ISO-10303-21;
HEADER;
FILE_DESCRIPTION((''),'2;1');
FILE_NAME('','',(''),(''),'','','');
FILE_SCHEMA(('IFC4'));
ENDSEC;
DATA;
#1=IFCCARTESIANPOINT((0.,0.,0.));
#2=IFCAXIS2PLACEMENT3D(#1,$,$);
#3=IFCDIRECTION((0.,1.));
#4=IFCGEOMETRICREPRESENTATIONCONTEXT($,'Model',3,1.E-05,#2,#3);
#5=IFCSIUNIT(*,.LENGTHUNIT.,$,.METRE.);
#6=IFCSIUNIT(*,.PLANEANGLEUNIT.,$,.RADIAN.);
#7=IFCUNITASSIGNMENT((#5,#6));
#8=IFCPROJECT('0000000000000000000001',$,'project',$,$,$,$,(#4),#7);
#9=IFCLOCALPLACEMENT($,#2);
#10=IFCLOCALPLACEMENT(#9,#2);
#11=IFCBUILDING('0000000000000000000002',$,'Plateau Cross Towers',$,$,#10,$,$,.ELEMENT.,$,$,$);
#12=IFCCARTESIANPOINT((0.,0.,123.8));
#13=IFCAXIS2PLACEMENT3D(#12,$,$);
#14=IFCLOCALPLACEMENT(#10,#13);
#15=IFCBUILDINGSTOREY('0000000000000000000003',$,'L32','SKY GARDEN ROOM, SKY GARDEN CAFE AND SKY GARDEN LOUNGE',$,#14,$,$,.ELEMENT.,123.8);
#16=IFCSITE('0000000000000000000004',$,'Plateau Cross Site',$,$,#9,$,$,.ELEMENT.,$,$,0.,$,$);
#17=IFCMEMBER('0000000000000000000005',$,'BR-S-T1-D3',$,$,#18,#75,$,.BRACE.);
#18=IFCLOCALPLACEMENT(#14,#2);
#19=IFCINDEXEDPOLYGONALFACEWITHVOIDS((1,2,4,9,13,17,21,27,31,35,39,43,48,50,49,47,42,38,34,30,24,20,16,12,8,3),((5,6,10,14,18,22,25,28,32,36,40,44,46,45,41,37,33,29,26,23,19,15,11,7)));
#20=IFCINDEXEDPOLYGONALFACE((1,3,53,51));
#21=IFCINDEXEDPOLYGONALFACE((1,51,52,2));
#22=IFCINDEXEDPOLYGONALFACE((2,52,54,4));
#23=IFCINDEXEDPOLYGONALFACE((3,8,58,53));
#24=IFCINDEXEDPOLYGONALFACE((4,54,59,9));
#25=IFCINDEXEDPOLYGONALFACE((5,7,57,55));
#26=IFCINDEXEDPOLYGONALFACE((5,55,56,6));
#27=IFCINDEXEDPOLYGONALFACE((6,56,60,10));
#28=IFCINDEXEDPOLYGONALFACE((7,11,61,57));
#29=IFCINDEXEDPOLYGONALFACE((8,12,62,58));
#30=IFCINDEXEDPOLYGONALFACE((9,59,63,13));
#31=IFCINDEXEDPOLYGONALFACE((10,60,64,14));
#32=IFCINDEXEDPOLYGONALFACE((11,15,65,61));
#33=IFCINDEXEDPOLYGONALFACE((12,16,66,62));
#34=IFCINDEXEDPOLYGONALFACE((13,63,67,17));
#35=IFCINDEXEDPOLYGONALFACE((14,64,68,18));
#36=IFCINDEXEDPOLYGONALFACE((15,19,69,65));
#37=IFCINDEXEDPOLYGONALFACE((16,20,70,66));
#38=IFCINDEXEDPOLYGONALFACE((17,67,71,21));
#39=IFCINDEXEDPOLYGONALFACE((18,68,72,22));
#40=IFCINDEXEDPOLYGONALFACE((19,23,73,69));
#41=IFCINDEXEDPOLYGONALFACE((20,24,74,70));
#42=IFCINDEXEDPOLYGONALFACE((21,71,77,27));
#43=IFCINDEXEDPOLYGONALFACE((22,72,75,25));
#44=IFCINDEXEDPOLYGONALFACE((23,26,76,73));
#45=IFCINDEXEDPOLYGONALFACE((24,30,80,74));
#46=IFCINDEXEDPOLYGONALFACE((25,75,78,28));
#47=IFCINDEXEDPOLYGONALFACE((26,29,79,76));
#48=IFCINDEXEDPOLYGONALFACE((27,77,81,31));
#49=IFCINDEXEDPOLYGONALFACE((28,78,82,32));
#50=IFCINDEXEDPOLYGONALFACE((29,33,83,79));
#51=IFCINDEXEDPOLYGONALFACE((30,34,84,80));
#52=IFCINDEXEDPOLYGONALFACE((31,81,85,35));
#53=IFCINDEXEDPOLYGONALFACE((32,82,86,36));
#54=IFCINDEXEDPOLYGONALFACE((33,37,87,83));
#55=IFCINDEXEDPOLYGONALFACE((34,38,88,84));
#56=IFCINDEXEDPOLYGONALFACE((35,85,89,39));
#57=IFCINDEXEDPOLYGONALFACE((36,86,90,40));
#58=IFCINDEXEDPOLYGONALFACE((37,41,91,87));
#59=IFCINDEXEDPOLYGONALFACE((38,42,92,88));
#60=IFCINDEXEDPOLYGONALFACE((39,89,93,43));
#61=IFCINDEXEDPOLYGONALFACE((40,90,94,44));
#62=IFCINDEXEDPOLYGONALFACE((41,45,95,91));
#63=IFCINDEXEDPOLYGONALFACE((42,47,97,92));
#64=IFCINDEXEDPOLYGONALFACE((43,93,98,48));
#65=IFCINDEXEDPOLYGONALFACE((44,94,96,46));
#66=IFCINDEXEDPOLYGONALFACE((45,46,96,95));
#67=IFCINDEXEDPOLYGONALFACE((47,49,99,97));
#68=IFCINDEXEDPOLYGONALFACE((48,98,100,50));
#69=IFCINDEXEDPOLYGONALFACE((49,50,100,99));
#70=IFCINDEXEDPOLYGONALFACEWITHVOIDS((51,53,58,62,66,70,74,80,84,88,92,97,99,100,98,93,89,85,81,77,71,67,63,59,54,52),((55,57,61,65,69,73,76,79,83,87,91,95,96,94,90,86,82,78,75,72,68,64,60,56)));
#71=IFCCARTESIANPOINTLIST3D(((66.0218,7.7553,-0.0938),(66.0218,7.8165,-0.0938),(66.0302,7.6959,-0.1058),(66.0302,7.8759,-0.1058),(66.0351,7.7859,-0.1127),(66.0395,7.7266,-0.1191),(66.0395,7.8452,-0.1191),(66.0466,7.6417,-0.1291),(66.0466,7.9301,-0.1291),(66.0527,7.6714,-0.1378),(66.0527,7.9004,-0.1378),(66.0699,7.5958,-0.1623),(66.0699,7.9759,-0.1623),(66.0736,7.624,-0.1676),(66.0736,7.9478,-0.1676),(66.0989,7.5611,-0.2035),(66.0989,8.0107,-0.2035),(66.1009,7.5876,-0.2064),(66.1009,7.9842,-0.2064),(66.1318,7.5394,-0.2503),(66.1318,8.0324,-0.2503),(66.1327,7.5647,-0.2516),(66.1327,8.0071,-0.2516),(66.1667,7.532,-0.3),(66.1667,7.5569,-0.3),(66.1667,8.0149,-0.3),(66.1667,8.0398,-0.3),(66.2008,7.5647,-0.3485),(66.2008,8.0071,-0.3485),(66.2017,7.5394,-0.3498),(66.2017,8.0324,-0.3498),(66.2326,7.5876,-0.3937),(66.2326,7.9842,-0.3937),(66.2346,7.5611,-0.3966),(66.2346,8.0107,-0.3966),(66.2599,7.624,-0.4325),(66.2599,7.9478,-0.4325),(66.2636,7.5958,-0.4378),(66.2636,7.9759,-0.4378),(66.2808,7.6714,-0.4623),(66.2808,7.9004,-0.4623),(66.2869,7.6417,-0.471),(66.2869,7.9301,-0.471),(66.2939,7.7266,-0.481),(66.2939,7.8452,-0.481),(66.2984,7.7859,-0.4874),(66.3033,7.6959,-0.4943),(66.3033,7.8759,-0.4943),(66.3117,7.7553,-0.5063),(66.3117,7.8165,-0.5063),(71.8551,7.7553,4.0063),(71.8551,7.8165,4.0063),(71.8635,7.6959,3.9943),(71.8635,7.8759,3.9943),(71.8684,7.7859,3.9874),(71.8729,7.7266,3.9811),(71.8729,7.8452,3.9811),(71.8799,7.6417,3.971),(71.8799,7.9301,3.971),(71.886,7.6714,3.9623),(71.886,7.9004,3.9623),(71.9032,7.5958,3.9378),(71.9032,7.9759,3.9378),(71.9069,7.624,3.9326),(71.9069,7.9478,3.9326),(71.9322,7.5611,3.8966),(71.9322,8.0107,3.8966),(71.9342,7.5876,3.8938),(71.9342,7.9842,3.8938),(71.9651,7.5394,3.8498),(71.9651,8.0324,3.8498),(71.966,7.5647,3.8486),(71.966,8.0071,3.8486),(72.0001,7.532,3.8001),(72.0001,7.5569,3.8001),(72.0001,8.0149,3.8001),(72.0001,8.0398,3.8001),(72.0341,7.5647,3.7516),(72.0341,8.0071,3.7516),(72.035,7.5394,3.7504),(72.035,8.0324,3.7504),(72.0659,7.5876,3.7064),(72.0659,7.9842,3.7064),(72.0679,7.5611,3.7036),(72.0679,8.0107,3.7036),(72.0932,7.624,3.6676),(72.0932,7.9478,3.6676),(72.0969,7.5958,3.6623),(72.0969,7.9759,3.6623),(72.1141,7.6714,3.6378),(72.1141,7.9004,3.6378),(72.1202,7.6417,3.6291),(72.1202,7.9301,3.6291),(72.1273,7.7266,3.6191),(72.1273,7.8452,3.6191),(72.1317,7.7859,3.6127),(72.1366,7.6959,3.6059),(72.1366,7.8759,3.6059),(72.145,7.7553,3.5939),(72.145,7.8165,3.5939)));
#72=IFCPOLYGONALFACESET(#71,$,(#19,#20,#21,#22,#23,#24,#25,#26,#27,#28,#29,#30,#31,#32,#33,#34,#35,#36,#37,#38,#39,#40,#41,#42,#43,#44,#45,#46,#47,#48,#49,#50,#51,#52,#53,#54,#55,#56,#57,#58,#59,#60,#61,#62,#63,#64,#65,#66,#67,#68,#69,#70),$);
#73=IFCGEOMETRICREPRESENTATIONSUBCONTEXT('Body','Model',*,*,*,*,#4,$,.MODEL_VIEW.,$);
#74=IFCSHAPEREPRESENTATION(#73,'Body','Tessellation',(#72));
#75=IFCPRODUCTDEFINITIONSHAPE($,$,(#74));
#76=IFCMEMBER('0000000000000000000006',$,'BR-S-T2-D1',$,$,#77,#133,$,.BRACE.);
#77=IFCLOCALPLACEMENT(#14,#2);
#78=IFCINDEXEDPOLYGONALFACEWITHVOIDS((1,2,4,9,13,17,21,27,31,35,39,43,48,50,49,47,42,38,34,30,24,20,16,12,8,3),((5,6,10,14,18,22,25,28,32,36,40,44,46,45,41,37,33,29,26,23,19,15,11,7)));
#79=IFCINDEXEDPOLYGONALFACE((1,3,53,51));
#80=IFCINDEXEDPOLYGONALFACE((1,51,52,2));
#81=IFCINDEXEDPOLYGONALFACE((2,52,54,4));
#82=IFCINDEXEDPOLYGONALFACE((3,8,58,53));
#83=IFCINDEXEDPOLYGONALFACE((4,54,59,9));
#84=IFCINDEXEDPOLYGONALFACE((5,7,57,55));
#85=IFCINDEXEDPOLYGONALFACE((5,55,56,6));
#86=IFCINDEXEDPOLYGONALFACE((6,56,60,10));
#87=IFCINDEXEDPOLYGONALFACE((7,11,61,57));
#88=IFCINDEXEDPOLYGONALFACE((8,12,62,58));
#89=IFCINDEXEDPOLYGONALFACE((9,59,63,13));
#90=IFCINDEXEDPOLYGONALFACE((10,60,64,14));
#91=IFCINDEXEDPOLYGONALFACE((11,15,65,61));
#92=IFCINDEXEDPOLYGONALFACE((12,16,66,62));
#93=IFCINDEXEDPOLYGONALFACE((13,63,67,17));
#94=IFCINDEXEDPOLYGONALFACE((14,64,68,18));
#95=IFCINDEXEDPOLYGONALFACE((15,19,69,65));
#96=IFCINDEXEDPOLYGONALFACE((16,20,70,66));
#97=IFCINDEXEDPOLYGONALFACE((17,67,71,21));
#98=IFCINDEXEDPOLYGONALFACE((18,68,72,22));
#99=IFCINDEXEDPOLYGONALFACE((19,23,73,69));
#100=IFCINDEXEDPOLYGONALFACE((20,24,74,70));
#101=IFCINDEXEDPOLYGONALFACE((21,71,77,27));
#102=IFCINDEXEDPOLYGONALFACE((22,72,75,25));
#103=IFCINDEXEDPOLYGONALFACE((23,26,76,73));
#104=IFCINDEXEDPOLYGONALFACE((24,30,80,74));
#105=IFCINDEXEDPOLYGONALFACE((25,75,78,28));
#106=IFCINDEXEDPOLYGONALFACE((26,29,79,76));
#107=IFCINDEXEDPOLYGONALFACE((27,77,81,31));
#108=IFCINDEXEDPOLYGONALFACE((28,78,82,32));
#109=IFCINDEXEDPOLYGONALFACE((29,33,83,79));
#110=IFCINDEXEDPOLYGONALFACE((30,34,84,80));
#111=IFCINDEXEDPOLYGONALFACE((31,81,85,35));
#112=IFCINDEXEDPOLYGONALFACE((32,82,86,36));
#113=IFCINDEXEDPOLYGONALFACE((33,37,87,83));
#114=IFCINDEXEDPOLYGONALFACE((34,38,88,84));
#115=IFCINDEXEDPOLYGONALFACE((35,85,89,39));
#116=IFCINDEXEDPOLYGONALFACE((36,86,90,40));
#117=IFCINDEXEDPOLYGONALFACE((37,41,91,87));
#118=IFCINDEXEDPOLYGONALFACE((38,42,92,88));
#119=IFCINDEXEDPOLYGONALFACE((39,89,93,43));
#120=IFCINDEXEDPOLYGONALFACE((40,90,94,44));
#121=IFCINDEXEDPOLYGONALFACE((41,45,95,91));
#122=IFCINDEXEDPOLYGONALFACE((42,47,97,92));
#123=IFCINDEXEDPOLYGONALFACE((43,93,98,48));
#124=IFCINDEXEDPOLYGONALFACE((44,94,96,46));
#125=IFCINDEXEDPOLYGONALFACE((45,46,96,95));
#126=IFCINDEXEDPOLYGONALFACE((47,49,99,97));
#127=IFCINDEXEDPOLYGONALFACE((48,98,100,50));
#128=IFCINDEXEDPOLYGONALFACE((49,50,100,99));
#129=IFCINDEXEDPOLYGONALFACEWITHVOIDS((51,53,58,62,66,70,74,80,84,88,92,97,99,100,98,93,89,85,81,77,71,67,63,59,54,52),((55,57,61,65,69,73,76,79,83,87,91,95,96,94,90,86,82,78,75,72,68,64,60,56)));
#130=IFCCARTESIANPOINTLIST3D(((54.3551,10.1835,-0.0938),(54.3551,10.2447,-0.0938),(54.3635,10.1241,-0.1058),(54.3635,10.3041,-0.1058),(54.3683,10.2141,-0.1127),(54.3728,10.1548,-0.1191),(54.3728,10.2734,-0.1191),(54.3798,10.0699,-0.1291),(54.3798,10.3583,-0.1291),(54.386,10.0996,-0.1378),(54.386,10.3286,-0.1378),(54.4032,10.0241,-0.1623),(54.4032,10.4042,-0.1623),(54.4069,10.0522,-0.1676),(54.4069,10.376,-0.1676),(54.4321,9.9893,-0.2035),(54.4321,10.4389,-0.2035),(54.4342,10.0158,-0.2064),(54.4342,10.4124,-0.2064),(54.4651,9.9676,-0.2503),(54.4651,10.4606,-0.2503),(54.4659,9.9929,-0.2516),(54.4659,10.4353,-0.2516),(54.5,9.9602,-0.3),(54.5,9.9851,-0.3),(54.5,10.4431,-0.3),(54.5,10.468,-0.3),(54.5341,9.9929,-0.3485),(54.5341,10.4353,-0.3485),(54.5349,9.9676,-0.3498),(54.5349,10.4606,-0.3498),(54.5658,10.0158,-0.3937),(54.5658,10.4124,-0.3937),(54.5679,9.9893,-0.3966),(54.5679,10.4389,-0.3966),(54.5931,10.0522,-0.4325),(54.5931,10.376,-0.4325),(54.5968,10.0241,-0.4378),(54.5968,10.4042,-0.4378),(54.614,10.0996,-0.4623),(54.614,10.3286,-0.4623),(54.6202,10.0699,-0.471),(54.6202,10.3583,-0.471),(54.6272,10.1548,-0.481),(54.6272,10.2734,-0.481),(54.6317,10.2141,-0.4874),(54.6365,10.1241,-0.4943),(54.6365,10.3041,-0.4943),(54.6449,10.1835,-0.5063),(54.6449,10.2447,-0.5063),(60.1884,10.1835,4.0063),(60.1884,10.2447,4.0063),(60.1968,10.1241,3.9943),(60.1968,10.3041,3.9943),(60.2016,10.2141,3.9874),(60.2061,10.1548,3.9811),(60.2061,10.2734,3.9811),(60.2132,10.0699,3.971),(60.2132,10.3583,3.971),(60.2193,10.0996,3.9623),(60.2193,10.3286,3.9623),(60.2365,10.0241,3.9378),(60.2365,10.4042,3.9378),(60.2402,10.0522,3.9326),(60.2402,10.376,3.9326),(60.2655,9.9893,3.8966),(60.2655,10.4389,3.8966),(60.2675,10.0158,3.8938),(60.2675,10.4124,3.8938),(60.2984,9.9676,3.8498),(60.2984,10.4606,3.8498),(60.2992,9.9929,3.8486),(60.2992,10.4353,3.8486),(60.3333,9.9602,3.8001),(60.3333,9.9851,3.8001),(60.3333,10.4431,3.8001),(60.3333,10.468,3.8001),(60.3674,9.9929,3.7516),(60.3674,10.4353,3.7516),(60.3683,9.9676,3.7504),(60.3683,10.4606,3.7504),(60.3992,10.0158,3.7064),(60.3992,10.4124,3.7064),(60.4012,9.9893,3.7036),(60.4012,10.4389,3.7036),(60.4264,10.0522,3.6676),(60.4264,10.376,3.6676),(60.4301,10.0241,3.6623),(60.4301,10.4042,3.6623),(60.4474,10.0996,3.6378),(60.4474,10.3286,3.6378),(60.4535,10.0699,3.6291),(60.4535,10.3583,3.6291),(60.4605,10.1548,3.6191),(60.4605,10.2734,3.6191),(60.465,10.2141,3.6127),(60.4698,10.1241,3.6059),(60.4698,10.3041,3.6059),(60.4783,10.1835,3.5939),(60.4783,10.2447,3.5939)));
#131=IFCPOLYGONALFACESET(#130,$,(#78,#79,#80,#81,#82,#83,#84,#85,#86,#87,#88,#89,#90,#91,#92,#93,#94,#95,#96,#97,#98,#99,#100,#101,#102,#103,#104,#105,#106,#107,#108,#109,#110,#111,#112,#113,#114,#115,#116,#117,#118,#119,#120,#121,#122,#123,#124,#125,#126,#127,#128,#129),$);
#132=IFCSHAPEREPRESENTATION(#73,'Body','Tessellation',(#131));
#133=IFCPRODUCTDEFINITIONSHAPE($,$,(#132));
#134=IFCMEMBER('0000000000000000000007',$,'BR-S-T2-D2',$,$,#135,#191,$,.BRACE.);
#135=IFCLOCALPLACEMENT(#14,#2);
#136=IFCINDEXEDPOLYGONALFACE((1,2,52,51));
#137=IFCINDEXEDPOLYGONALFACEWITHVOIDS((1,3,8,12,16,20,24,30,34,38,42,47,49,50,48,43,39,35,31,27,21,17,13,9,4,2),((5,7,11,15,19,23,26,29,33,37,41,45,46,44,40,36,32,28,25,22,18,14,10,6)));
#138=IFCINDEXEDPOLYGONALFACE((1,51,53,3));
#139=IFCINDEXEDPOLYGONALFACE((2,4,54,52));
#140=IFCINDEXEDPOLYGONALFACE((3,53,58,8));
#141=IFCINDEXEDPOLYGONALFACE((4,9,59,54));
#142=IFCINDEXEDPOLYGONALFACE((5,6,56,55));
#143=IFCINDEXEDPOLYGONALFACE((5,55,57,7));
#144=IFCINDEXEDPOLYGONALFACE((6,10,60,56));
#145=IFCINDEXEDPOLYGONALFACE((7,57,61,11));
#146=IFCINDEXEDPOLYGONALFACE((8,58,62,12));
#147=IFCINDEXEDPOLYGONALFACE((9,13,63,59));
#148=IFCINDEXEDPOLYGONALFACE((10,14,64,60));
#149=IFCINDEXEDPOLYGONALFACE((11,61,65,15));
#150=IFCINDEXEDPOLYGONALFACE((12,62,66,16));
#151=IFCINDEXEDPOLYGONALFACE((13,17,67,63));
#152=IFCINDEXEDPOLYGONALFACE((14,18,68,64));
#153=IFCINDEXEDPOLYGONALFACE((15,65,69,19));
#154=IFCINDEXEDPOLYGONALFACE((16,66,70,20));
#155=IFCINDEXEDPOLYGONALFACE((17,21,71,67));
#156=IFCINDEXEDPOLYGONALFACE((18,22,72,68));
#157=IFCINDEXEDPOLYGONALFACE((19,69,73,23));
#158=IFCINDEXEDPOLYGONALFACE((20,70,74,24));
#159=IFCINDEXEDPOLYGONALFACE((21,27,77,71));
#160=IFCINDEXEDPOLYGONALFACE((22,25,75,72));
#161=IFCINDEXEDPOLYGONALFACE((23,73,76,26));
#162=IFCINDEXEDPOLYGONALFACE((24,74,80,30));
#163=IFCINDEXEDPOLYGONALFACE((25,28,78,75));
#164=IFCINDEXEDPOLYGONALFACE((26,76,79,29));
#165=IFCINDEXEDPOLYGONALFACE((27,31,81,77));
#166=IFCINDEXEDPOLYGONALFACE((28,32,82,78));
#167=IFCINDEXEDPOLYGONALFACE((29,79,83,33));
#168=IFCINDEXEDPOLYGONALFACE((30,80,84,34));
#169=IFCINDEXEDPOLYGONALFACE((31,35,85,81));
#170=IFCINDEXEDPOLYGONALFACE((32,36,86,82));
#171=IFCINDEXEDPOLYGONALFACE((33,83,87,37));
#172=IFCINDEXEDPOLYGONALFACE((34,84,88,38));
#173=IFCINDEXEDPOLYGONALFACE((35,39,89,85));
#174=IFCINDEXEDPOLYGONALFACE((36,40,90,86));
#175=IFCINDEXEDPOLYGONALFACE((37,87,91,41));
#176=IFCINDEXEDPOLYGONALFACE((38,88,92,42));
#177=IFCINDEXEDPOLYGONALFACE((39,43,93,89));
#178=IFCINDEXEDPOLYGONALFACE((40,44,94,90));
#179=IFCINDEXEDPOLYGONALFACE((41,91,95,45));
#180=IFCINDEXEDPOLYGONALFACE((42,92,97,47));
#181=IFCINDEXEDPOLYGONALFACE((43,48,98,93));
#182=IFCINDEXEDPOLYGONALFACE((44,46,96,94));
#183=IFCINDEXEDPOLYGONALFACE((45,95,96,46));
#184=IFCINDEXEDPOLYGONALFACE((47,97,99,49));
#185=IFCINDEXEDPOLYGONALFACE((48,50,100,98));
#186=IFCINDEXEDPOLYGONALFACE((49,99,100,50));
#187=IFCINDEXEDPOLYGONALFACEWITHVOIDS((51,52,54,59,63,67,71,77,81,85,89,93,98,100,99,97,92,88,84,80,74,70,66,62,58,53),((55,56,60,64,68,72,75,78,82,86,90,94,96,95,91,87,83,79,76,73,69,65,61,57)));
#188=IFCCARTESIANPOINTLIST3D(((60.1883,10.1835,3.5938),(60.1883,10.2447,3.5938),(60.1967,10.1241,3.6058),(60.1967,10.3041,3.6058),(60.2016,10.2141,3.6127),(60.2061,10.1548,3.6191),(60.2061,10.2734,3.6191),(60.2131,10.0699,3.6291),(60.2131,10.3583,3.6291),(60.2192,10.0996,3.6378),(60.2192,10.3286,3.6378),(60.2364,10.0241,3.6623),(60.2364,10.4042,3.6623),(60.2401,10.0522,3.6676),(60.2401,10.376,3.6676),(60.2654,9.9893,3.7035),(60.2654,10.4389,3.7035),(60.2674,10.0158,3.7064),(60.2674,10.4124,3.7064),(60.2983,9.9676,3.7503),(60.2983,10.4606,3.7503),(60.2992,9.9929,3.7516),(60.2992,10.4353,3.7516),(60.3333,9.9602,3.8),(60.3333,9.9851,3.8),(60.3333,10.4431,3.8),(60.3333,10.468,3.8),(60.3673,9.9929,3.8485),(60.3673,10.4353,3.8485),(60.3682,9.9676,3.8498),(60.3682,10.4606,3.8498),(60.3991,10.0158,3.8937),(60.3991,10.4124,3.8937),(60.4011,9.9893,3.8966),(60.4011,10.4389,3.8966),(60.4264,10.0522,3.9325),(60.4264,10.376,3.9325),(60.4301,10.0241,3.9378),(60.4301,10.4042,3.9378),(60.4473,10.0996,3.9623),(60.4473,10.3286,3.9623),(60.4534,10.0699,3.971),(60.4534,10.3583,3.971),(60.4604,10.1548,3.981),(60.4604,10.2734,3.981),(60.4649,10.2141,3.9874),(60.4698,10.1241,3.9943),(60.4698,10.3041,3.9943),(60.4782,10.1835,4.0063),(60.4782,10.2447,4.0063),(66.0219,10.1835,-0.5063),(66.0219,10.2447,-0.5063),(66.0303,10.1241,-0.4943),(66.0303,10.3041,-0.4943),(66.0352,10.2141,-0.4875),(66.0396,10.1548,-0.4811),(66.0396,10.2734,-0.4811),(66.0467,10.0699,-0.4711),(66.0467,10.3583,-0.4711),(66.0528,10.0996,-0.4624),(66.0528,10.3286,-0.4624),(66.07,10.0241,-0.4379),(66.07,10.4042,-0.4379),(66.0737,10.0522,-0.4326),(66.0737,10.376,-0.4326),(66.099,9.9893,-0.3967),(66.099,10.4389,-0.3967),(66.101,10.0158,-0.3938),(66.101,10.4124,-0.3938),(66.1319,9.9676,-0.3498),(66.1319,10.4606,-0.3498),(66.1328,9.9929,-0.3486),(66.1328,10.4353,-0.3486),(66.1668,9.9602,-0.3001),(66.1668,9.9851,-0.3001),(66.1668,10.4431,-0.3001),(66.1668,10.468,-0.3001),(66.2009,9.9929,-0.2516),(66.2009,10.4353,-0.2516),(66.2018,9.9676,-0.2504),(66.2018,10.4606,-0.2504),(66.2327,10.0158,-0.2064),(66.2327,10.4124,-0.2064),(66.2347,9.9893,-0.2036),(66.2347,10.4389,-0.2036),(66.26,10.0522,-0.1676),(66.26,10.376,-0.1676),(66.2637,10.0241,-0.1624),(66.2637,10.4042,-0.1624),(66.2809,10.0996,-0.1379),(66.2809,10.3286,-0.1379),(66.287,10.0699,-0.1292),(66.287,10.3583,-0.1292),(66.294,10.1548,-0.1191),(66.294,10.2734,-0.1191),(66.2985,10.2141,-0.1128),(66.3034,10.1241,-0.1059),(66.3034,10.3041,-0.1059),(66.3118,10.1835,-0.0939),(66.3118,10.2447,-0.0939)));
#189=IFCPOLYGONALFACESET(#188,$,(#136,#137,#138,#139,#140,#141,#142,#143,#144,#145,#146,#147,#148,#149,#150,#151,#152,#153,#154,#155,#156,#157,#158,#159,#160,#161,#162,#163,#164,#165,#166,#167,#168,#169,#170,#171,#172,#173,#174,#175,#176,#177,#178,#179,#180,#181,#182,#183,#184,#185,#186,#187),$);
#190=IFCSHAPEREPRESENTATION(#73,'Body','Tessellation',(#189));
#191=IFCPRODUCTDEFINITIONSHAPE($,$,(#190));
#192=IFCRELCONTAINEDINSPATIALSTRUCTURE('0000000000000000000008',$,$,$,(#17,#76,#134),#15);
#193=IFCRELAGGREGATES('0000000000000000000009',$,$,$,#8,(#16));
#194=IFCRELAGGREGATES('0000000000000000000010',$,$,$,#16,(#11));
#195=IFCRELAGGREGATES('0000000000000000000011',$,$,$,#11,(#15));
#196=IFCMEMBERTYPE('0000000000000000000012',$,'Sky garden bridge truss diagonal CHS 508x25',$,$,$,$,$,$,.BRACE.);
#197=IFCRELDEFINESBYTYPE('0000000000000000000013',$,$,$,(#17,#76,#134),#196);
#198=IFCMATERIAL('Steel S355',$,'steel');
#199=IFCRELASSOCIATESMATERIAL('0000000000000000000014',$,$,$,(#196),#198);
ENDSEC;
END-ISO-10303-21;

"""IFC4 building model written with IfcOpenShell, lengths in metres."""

from ifc_helpers import new_model, si_unit, direction, frame, origin, origin_2d, place, context, subcontext, project, spatial, hollow_circle, extrude, material, material_profile, profile_set, type_object, element, save


model = new_model("IFC4")

# Units and contexts
model_context = context("Model", 3, precision=1e-05, world=origin(), true_north=direction((0.0, 1.0)))
body_context = subcontext(model_context, "Body", "Model", "MODEL_VIEW")
ifc_project = project(units=[si_unit("LENGTHUNIT", "METRE"), si_unit("PLANEANGLEUNIT", "RADIAN")], contexts=[model_context])

# Site, building, storey
site_placement = place(None, origin())
site = spatial("IfcSite", under=ifc_project, at=site_placement, Name="Plateau Cross Site", CompositionType="ELEMENT", RefElevation=0.0)
building_placement = place(site_placement, origin())
building = spatial("IfcBuilding", under=site, at=building_placement, Name="Plateau Cross Towers", CompositionType="ELEMENT")
storey_placement = place(building_placement, frame((0.0, 0.0, 123.8)))
storey = spatial("IfcBuildingStorey", under=building, at=storey_placement, Name="L32", Description="SKY GARDEN ROOM, SKY GARDEN CAFE AND SKY GARDEN LOUNGE", CompositionType="ELEMENT", Elevation=123.8)

# Members
ifc_material_1 = material(Name="Steel S355", Category="steel")
ifc_material_profile_1 = material_profile(ifc_material_1, hollow_circle(Radius=0.2539, WallThickness=0.0249, at=origin_2d()), Name="CHS 508x25")
ifc_profile_set_1 = profile_set([ifc_material_profile_1], Name="Steel S355")
member_type_1 = type_object("IfcMemberType", Name="Sky garden bridge truss diagonal CHS 508x25", PredefinedType="BRACE", material=ifc_profile_set_1)
for number, where, z_axis, x_axis, name in (
    (1, (66.1667, 7.7859, -0.3), (0.818122, 0.0, 0.575045), (0.0, 1.0, 0.0), "BR-S-T1-D3"),
    (2, (54.5, 10.2141, -0.3), (0.818122, 0.0, 0.575045), (0.0, 1.0, 0.0), "BR-S-T2-D1"),
):
    element("IfcMember", number, at=place(storey_placement, frame(where, z_axis=z_axis, x_axis=x_axis)), inside=storey, type_object=member_type_1, Name=name, PredefinedType="BRACE", context=body_context, shape_type="SweptSolid", body=[
        extrude(hollow_circle(Radius=0.2539, WallThickness=0.0249, at=origin_2d()), origin(), (0.0, 0.0, 1.0), 7.1301),
    ])
member_1_placement = place(storey_placement, frame((60.3333, 10.2141, 3.8), z_axis=(0.818133, 0.0, -0.575029), x_axis=(0.0, 1.0, 0.0)))
element("IfcMember", 3, at=member_1_placement, inside=storey, type_object=member_type_1, Name="BR-S-T2-D2", PredefinedType="BRACE", context=body_context, shape_type="SweptSolid", body=[
    extrude(hollow_circle(Radius=0.2539, WallThickness=0.0249, at=origin_2d()), origin(), (0.0, 0.0, 1.0), 7.1304),
])

save(model, "model.ifc")
